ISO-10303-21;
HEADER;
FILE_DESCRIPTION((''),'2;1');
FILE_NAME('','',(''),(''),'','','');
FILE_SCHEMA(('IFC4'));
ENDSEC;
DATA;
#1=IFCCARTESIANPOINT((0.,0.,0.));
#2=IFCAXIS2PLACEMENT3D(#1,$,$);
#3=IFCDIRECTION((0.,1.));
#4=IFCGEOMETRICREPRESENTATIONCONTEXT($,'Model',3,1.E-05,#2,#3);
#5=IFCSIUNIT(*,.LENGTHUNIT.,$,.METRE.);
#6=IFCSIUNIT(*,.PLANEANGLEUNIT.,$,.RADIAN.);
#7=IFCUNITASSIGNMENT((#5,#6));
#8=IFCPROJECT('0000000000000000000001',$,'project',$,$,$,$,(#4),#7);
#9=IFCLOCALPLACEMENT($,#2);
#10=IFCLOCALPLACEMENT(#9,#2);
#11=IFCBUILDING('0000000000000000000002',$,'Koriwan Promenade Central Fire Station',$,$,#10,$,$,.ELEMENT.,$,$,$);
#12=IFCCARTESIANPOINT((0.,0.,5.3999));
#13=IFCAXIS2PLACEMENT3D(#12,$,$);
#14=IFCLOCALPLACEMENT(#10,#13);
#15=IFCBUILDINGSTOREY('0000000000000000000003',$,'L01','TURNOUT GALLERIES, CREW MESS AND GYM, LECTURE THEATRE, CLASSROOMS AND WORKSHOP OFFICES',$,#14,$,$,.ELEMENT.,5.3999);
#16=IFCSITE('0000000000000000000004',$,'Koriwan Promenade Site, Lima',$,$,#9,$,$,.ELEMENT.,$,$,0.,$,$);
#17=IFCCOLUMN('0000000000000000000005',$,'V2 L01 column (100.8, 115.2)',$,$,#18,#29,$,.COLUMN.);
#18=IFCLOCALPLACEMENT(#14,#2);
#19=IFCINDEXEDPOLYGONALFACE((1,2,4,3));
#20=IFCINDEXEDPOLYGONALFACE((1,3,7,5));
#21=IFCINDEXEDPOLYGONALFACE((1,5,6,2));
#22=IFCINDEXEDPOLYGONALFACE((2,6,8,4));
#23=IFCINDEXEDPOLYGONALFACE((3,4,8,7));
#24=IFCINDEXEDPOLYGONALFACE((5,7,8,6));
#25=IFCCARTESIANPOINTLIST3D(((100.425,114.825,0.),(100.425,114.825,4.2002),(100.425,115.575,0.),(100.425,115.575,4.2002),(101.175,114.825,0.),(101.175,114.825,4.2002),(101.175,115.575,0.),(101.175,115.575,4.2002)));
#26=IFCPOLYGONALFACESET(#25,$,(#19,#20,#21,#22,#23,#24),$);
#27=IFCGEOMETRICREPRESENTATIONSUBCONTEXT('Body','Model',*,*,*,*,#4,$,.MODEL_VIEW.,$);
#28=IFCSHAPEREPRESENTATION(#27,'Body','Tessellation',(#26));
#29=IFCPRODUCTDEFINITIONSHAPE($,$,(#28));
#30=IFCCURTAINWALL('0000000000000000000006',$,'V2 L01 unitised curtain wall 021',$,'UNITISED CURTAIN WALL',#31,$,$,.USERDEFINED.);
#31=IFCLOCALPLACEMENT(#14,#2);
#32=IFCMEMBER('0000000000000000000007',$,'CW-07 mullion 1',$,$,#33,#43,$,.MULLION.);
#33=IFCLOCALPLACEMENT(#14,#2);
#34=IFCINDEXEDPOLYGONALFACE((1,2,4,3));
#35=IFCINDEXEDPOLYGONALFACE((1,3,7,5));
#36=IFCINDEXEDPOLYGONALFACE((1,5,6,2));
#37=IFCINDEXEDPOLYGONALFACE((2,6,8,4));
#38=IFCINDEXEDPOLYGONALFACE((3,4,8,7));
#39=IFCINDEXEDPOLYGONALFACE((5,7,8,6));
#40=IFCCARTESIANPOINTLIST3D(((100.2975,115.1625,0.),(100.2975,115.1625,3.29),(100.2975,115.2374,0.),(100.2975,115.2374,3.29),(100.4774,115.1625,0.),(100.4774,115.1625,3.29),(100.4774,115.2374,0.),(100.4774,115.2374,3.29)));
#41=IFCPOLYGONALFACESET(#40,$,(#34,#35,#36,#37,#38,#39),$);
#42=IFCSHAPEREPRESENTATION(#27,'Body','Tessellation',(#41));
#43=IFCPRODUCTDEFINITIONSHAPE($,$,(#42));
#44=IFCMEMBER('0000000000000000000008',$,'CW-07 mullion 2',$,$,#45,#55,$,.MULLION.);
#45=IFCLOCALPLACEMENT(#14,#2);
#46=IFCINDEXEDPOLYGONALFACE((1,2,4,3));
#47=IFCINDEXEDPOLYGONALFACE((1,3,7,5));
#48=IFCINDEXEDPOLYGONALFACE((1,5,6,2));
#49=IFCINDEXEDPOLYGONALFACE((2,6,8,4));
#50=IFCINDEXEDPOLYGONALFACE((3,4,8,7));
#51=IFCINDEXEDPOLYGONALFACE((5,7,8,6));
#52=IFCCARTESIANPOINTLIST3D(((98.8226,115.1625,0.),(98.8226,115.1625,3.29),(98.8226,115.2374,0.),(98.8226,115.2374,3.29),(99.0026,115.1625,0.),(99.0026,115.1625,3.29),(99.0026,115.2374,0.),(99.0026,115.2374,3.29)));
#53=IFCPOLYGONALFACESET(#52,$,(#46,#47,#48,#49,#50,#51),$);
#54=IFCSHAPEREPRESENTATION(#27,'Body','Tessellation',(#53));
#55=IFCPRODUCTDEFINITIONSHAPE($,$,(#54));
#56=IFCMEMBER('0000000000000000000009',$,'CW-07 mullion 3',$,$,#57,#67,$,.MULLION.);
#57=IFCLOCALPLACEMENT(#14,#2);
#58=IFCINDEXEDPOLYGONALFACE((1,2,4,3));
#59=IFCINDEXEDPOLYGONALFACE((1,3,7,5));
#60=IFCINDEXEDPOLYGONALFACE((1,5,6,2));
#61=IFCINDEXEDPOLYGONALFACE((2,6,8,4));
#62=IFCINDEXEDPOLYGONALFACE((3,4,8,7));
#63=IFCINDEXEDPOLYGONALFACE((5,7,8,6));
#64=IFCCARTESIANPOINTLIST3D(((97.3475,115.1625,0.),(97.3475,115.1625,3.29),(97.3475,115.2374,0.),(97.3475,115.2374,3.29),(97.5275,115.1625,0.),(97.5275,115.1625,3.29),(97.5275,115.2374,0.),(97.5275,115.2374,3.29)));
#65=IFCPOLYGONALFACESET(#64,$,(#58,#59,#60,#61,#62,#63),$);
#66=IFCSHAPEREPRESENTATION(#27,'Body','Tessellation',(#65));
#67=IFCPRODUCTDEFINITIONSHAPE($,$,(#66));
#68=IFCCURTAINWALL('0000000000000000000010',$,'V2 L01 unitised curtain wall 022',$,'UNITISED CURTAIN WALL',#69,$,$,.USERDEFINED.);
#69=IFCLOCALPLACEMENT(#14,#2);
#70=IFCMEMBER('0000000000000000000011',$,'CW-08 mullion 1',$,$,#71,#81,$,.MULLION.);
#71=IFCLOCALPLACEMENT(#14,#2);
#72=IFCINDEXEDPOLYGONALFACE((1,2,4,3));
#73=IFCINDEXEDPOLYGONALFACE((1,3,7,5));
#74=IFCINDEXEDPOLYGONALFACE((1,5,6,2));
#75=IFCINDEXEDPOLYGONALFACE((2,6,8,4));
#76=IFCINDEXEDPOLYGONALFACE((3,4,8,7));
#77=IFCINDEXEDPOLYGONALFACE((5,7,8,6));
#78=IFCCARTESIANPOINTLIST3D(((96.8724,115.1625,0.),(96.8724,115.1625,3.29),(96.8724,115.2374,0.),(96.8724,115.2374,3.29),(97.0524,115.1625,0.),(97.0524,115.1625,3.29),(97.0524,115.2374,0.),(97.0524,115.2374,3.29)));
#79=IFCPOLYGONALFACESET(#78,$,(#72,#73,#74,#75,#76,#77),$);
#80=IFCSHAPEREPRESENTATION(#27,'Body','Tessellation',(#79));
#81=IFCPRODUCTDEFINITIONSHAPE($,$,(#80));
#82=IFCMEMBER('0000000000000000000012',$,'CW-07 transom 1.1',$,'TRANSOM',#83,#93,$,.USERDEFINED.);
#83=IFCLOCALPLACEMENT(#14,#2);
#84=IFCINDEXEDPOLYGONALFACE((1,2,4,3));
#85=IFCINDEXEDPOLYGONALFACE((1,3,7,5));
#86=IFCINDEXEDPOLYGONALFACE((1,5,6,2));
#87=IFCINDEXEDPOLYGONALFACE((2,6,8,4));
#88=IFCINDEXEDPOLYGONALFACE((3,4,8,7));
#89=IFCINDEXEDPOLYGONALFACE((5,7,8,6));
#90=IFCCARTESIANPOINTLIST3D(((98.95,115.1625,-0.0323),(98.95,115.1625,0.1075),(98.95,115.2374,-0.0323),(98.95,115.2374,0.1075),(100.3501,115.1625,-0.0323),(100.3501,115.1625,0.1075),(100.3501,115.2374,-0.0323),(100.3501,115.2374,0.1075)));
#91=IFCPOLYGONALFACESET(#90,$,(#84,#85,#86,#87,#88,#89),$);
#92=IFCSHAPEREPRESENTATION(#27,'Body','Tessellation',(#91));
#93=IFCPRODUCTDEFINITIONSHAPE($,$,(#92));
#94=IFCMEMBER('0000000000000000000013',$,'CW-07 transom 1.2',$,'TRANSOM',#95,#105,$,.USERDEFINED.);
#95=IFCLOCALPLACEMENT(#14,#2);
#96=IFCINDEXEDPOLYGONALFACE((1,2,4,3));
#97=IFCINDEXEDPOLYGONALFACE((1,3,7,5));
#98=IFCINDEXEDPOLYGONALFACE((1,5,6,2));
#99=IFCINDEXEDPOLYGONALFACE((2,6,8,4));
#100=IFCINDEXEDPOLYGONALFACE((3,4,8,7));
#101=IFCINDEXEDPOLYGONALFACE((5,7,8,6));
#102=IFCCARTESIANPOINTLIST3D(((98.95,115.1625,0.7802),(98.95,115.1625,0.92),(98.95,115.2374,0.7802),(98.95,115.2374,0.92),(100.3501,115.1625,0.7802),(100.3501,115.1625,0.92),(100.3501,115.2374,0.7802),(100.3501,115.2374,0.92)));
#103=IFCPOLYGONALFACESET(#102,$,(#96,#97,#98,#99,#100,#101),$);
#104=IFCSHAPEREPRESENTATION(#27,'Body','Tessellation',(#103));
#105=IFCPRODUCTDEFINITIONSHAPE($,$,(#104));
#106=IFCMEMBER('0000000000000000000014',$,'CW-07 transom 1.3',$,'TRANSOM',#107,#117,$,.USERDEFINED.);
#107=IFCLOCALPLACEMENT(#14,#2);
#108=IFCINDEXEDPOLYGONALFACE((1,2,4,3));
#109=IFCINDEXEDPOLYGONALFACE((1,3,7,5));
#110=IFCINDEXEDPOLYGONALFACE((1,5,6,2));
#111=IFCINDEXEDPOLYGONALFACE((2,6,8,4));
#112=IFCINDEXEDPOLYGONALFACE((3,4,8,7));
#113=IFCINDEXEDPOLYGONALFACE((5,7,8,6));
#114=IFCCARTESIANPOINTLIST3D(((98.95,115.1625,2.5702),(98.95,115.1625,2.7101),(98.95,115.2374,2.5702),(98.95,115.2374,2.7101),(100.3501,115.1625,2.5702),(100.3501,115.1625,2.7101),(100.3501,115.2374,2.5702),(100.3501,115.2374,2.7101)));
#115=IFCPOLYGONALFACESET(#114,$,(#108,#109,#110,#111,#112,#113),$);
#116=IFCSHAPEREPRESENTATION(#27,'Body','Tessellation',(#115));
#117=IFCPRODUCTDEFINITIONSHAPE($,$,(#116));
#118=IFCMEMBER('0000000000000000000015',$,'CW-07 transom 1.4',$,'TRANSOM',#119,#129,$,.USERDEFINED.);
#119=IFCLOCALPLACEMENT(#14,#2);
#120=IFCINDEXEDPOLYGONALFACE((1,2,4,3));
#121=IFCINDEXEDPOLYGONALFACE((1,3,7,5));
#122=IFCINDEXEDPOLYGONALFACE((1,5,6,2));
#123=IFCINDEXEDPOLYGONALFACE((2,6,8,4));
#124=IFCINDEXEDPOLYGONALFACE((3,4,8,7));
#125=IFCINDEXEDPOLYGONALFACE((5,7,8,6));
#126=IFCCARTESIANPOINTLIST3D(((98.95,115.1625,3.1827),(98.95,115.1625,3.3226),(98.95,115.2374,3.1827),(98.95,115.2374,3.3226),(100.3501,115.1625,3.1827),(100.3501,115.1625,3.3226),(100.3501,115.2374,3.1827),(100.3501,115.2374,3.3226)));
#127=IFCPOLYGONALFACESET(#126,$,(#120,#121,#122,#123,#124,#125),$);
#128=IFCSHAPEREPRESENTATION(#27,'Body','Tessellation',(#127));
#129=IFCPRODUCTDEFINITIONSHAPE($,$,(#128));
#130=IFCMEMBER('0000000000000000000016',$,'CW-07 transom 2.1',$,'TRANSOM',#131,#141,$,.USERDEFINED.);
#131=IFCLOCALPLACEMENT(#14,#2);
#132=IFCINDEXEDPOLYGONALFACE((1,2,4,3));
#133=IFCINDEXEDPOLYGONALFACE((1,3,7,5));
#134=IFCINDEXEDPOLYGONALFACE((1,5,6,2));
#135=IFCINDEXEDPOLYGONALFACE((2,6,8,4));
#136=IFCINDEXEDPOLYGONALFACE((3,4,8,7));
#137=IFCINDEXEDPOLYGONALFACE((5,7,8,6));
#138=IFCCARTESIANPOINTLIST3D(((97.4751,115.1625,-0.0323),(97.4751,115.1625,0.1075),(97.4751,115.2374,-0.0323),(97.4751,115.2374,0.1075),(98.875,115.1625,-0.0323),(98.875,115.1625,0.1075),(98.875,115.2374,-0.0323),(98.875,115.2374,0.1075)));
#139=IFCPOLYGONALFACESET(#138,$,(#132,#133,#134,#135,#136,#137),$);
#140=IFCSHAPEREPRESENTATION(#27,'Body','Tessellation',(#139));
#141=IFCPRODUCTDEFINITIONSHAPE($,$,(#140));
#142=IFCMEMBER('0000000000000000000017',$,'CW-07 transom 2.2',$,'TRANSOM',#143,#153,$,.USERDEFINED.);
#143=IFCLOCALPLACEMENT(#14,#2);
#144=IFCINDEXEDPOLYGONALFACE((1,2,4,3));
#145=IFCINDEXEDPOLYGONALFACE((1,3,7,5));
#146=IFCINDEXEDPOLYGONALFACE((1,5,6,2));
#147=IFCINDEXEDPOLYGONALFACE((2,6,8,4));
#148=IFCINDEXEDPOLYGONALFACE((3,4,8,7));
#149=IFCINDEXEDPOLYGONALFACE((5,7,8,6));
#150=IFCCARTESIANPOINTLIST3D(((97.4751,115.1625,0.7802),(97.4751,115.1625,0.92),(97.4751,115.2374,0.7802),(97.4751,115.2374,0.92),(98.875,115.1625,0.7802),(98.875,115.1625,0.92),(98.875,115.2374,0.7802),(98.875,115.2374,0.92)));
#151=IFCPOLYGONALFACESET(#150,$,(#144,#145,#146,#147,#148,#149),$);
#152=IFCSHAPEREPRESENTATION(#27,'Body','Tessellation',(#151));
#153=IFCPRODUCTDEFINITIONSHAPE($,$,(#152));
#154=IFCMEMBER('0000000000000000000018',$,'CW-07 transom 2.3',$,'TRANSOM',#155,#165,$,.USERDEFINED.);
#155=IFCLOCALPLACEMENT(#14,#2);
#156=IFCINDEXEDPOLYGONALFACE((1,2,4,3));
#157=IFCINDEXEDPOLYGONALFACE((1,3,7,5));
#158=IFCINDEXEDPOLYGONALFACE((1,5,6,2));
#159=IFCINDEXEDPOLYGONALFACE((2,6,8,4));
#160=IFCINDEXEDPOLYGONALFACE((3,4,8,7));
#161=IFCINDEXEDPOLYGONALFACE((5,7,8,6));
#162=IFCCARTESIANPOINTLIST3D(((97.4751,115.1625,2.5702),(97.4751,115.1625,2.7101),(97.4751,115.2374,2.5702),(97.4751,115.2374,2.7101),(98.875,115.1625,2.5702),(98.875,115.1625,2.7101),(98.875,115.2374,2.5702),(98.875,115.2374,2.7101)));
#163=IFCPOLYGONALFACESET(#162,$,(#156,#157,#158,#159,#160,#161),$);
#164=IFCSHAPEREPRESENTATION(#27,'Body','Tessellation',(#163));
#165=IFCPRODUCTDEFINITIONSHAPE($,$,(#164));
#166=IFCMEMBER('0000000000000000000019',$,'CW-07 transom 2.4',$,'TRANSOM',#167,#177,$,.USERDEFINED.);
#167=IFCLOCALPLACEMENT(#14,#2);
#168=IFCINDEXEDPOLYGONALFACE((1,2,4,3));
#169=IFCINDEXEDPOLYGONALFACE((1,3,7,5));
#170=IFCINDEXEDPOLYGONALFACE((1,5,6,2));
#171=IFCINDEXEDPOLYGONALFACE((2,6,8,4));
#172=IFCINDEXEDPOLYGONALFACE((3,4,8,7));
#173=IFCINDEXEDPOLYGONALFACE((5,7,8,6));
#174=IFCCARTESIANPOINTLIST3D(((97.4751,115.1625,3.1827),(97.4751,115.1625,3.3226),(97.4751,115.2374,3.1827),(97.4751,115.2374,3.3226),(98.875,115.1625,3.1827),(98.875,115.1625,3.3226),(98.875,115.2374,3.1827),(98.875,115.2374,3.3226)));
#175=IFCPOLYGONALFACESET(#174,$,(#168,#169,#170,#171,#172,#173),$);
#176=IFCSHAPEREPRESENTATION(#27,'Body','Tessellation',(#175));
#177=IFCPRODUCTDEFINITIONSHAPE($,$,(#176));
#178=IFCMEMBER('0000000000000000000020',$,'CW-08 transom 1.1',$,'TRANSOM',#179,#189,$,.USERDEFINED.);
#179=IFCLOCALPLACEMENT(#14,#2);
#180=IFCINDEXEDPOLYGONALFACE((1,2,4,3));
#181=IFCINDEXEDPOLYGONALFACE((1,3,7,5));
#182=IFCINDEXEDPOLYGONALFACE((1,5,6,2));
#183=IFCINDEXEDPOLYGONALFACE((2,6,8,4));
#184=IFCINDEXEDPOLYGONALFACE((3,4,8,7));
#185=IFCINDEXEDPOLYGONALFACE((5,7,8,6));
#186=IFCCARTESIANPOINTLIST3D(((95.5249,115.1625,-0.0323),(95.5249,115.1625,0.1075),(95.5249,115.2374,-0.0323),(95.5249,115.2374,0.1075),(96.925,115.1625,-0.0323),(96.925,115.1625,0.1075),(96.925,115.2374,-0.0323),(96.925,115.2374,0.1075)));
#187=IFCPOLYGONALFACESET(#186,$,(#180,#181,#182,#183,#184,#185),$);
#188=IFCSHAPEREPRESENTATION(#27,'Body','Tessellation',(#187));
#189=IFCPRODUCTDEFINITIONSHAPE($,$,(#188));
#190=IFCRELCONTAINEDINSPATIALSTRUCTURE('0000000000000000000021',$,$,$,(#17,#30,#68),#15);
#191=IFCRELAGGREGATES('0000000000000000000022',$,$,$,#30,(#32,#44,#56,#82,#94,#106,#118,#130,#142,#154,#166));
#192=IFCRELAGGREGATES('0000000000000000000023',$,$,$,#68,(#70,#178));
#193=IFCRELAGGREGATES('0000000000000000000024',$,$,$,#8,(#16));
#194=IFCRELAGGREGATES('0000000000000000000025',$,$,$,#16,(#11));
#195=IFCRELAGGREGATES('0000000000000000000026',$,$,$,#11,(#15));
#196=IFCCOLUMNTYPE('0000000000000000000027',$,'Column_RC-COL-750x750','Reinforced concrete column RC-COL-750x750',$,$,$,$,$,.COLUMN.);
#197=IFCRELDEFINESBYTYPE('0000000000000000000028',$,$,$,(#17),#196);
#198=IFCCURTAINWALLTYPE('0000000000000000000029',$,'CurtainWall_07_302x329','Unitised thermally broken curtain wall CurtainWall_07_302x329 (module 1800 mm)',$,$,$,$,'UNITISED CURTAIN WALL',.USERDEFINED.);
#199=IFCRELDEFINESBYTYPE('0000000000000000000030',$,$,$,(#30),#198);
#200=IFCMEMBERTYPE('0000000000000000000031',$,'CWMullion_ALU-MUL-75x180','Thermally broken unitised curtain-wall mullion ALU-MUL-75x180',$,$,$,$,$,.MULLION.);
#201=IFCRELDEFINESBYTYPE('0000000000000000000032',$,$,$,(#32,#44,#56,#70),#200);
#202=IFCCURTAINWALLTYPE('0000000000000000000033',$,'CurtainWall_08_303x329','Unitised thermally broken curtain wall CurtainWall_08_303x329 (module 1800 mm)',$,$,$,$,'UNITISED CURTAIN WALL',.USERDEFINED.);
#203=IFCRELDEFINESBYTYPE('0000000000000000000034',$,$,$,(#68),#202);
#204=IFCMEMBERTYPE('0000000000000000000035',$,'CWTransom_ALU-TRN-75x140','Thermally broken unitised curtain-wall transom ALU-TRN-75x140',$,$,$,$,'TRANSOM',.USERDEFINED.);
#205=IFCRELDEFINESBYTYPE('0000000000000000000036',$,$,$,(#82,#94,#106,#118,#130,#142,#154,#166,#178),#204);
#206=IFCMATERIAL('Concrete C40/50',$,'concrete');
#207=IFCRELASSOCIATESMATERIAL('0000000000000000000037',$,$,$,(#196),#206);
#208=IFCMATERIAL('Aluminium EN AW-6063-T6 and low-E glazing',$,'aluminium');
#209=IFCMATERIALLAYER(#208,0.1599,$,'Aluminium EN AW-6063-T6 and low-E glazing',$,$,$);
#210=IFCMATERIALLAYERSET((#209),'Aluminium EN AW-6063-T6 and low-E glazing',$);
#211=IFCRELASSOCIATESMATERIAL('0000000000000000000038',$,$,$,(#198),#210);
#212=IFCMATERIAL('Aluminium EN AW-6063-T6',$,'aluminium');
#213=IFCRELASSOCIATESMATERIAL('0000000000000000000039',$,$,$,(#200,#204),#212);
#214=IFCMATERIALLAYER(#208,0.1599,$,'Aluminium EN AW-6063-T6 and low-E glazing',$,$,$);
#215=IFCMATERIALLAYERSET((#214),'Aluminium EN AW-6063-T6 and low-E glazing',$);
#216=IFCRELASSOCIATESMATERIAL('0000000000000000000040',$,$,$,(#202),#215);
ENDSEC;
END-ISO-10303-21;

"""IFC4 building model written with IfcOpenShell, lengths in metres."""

from ifc_helpers import new_model, si_unit, direction, frame, origin, origin_2d, place, context, subcontext, project, spatial, rectangle, extrude, material, layer, layer_set, material_profile, profile_set, type_object, element, aggregate, save


model = new_model("IFC4")

# Units and contexts
model_context = context("Model", 3, precision=1e-05, world=origin(), true_north=direction((0.0, 1.0)))
body_context = subcontext(model_context, "Body", "Model", "MODEL_VIEW")
ifc_project = project(units=[si_unit("LENGTHUNIT", "METRE"), si_unit("PLANEANGLEUNIT", "RADIAN")], contexts=[model_context])

# Site, building, storey
site_placement = place(None, origin())
site = spatial("IfcSite", under=ifc_project, at=site_placement, Name="Koriwan Promenade Site, Lima", CompositionType="ELEMENT", RefElevation=0.0)
building_placement = place(site_placement, origin())
building = spatial("IfcBuilding", under=site, at=building_placement, Name="Koriwan Promenade Central Fire Station", CompositionType="ELEMENT")
storey_placement = place(building_placement, frame((0.0, 0.0, 5.3999)))
storey = spatial("IfcBuildingStorey", under=building, at=storey_placement, Name="L01", Description="TURNOUT GALLERIES, CREW MESS AND GYM, LECTURE THEATRE, CLASSROOMS AND WORKSHOP OFFICES", CompositionType="ELEMENT", Elevation=5.3999)

# Column
ifc_material_1 = material(Name="Concrete C40/50", Category="concrete")
ifc_material_profile_1 = material_profile(ifc_material_1, rectangle(XDim=0.75, YDim=0.75, at=origin_2d()), Name="RC-COL-750x750")
ifc_profile_set_1 = profile_set([ifc_material_profile_1], Name="Concrete C40/50")
column_type = type_object("IfcColumnType", Name="Column_RC-COL-750x750", Description="Reinforced concrete column RC-COL-750x750", PredefinedType="COLUMN", material=ifc_profile_set_1)
column_placement = place(storey_placement, frame((100.8, 115.2, 0.0), z_axis=(0.0, 0.0, 1.0), x_axis=(1.0, 0.0, 0.0)))
element("IfcColumn", 1, at=column_placement, inside=storey, type_object=column_type, Name="V2 L01 column (100.8, 115.2)", PredefinedType="COLUMN", context=body_context, shape_type="SweptSolid", body=[
    extrude(rectangle(XDim=0.75, YDim=0.75, at=origin_2d()), origin(), (0.0, 0.0, 1.0), 4.2002),
])

# Curtain wall, members
ifc_material_2 = material(Name="Aluminium EN AW-6063-T6 and low-E glazing", Category="aluminium")
ifc_layer_1 = layer(ifc_material_2, 0.1599, Name="Aluminium EN AW-6063-T6 and low-E glazing")
ifc_layer_set_1 = layer_set([ifc_layer_1], Name="Aluminium EN AW-6063-T6 and low-E glazing")
curtain_wall_type_1 = type_object("IfcCurtainWallType", Name="CurtainWall_07_302x329", Description="Unitised thermally broken curtain wall CurtainWall_07_302x329 (module 1800 mm)", ElementType="UNITISED CURTAIN WALL", PredefinedType="USERDEFINED", material=ifc_layer_set_1)
curtain_wall_1_placement = place(storey_placement, origin())
curtain_wall_1 = element("IfcCurtainWall", 2, at=curtain_wall_1_placement, inside=storey, type_object=curtain_wall_type_1, Name="V2 L01 unitised curtain wall 021", ObjectType="UNITISED CURTAIN WALL", PredefinedType="USERDEFINED")
ifc_material_3 = material(Name="Aluminium EN AW-6063-T6", Category="aluminium")
ifc_material_profile_2 = material_profile(ifc_material_3, rectangle(XDim=0.075, YDim=0.1799, at=origin_2d()), Name="ALU-MUL-75x180")
ifc_profile_set_2 = profile_set([ifc_material_profile_2], Name="Aluminium EN AW-6063-T6")
member_type_1 = type_object("IfcMemberType", Name="CWMullion_ALU-MUL-75x180", Description="Thermally broken unitised curtain-wall mullion ALU-MUL-75x180", PredefinedType="MULLION", material=ifc_profile_set_2)
member_1_placement = place(storey_placement, frame((100.3875, 115.2, 0.0), z_axis=(0.0, 0.0, 1.0), x_axis=(0.0, -1.0, 0.0)))
member_1 = element("IfcMember", 3, at=member_1_placement, type_object=member_type_1, Name="CW-07 mullion 1", PredefinedType="MULLION", context=body_context, shape_type="SweptSolid", body=[
    extrude(rectangle(XDim=0.075, YDim=0.1799, at=origin_2d()), origin(), (0.0, 0.0, 1.0), 3.29),
])
member_2_placement = place(storey_placement, frame((98.9126, 115.2, 0.0), z_axis=(0.0, 0.0, 1.0), x_axis=(0.0, -1.0, 0.0)))
member_2 = element("IfcMember", 4, at=member_2_placement, type_object=member_type_1, Name="CW-07 mullion 2", PredefinedType="MULLION", context=body_context, shape_type="SweptSolid", body=[
    extrude(rectangle(XDim=0.075, YDim=0.1799, at=origin_2d()), origin(), (0.0, 0.0, 1.0), 3.29),
])
member_3_placement = place(storey_placement, frame((97.4375, 115.2, 0.0), z_axis=(0.0, 0.0, 1.0), x_axis=(0.0, -1.0, 0.0)))
member_3 = element("IfcMember", 5, at=member_3_placement, type_object=member_type_1, Name="CW-07 mullion 3", PredefinedType="MULLION", context=body_context, shape_type="SweptSolid", body=[
    extrude(rectangle(XDim=0.075, YDim=0.1799, at=origin_2d()), origin(), (0.0, 0.0, 1.0), 3.29),
])

# Curtain wall, member
ifc_layer_2 = layer(ifc_material_2, 0.1599, Name="Aluminium EN AW-6063-T6 and low-E glazing")
ifc_layer_set_2 = layer_set([ifc_layer_2], Name="Aluminium EN AW-6063-T6 and low-E glazing")
curtain_wall_type_2 = type_object("IfcCurtainWallType", Name="CurtainWall_08_303x329", Description="Unitised thermally broken curtain wall CurtainWall_08_303x329 (module 1800 mm)", ElementType="UNITISED CURTAIN WALL", PredefinedType="USERDEFINED", material=ifc_layer_set_2)
curtain_wall_2_placement = place(storey_placement, origin())
curtain_wall_2 = element("IfcCurtainWall", 6, at=curtain_wall_2_placement, inside=storey, type_object=curtain_wall_type_2, Name="V2 L01 unitised curtain wall 022", ObjectType="UNITISED CURTAIN WALL", PredefinedType="USERDEFINED")
member_4_placement = place(storey_placement, frame((96.9624, 115.2, 0.0), z_axis=(0.0, 0.0, 1.0), x_axis=(0.0, -1.0, 0.0)))
member_4 = element("IfcMember", 7, at=member_4_placement, type_object=member_type_1, Name="CW-08 mullion 1", PredefinedType="MULLION", context=body_context, shape_type="SweptSolid", body=[
    extrude(rectangle(XDim=0.075, YDim=0.1799, at=origin_2d()), origin(), (0.0, 0.0, 1.0), 3.29),
])

# Members
ifc_material_profile_3 = material_profile(ifc_material_3, rectangle(XDim=0.075, YDim=0.1399, at=origin_2d()), Name="ALU-TRN-75x140")
ifc_profile_set_3 = profile_set([ifc_material_profile_3], Name="Aluminium EN AW-6063-T6")
member_type_2 = type_object("IfcMemberType", Name="CWTransom_ALU-TRN-75x140", Description="Thermally broken unitised curtain-wall transom ALU-TRN-75x140", ElementType="TRANSOM", PredefinedType="USERDEFINED", material=ifc_profile_set_3)
member_5_placement = place(storey_placement, frame((100.3501, 115.2, 0.0376), z_axis=(-1.0, 0.0, 0.0), x_axis=(0.0, -1.0, 0.0)))
member_5 = element("IfcMember", 8, at=member_5_placement, type_object=member_type_2, Name="CW-07 transom 1.1", ObjectType="TRANSOM", PredefinedType="USERDEFINED", context=body_context, shape_type="SweptSolid", body=[
    extrude(rectangle(XDim=0.075, YDim=0.1399, at=origin_2d()), origin(), (0.0, 0.0, 1.0), 1.4001),
])
member_6_placement = place(storey_placement, frame((100.3501, 115.2, 0.8501), z_axis=(-1.0, 0.0, 0.0), x_axis=(0.0, -1.0, 0.0)))
member_6 = element("IfcMember", 9, at=member_6_placement, type_object=member_type_2, Name="CW-07 transom 1.2", ObjectType="TRANSOM", PredefinedType="USERDEFINED", context=body_context, shape_type="SweptSolid", body=[
    extrude(rectangle(XDim=0.075, YDim=0.1399, at=origin_2d()), origin(), (0.0, 0.0, 1.0), 1.4001),
])
member_7_placement = place(storey_placement, frame((100.3501, 115.2, 2.6401), z_axis=(-1.0, 0.0, 0.0), x_axis=(0.0, -1.0, 0.0)))
member_7 = element("IfcMember", 10, at=member_7_placement, type_object=member_type_2, Name="CW-07 transom 1.3", ObjectType="TRANSOM", PredefinedType="USERDEFINED", context=body_context, shape_type="SweptSolid", body=[
    extrude(rectangle(XDim=0.075, YDim=0.1399, at=origin_2d()), origin(), (0.0, 0.0, 1.0), 1.4001),
])
member_8_placement = place(storey_placement, frame((100.3501, 115.2, 3.2527), z_axis=(-1.0, 0.0, 0.0), x_axis=(0.0, -1.0, 0.0)))
member_8 = element("IfcMember", 11, at=member_8_placement, type_object=member_type_2, Name="CW-07 transom 1.4", ObjectType="TRANSOM", PredefinedType="USERDEFINED", context=body_context, shape_type="SweptSolid", body=[
    extrude(rectangle(XDim=0.075, YDim=0.1399, at=origin_2d()), origin(), (0.0, 0.0, 1.0), 1.4001),
])
member_9_placement = place(storey_placement, frame((98.875, 115.2, 0.0376), z_axis=(-1.0, 0.0, 0.0), x_axis=(0.0, -1.0, 0.0)))
member_9 = element("IfcMember", 12, at=member_9_placement, type_object=member_type_2, Name="CW-07 transom 2.1", ObjectType="TRANSOM", PredefinedType="USERDEFINED", context=body_context, shape_type="SweptSolid", body=[
    extrude(rectangle(XDim=0.075, YDim=0.1399, at=origin_2d()), origin(), (0.0, 0.0, 1.0), 1.3999),
])
member_10_placement = place(storey_placement, frame((98.875, 115.2, 0.8501), z_axis=(-1.0, 0.0, 0.0), x_axis=(0.0, -1.0, 0.0)))
member_10 = element("IfcMember", 13, at=member_10_placement, type_object=member_type_2, Name="CW-07 transom 2.2", ObjectType="TRANSOM", PredefinedType="USERDEFINED", context=body_context, shape_type="SweptSolid", body=[
    extrude(rectangle(XDim=0.075, YDim=0.1399, at=origin_2d()), origin(), (0.0, 0.0, 1.0), 1.3999),
])
member_11_placement = place(storey_placement, frame((98.875, 115.2, 2.6401), z_axis=(-1.0, 0.0, 0.0), x_axis=(0.0, -1.0, 0.0)))
member_11 = element("IfcMember", 14, at=member_11_placement, type_object=member_type_2, Name="CW-07 transom 2.3", ObjectType="TRANSOM", PredefinedType="USERDEFINED", context=body_context, shape_type="SweptSolid", body=[
    extrude(rectangle(XDim=0.075, YDim=0.1399, at=origin_2d()), origin(), (0.0, 0.0, 1.0), 1.3999),
])
member_12_placement = place(storey_placement, frame((98.875, 115.2, 3.2527), z_axis=(-1.0, 0.0, 0.0), x_axis=(0.0, -1.0, 0.0)))
member_12 = element("IfcMember", 15, at=member_12_placement, type_object=member_type_2, Name="CW-07 transom 2.4", ObjectType="TRANSOM", PredefinedType="USERDEFINED", context=body_context, shape_type="SweptSolid", body=[
    extrude(rectangle(XDim=0.075, YDim=0.1399, at=origin_2d()), origin(), (0.0, 0.0, 1.0), 1.3999),
])
member_13_placement = place(storey_placement, frame((96.925, 115.2, 0.0376), z_axis=(-1.0, 0.0, 0.0), x_axis=(0.0, -1.0, 0.0)))
member_13 = element("IfcMember", 16, at=member_13_placement, type_object=member_type_2, Name="CW-08 transom 1.1", ObjectType="TRANSOM", PredefinedType="USERDEFINED", context=body_context, shape_type="SweptSolid", body=[
    extrude(rectangle(XDim=0.075, YDim=0.1399, at=origin_2d()), origin(), (0.0, 0.0, 1.0), 1.4001),
])

aggregate(curtain_wall_1, [member_1, member_2, member_3, member_5, member_6, member_7, member_8, member_9, member_10, member_11, member_12])
aggregate(curtain_wall_2, [member_4, member_13])

save(model, "model.ifc")
